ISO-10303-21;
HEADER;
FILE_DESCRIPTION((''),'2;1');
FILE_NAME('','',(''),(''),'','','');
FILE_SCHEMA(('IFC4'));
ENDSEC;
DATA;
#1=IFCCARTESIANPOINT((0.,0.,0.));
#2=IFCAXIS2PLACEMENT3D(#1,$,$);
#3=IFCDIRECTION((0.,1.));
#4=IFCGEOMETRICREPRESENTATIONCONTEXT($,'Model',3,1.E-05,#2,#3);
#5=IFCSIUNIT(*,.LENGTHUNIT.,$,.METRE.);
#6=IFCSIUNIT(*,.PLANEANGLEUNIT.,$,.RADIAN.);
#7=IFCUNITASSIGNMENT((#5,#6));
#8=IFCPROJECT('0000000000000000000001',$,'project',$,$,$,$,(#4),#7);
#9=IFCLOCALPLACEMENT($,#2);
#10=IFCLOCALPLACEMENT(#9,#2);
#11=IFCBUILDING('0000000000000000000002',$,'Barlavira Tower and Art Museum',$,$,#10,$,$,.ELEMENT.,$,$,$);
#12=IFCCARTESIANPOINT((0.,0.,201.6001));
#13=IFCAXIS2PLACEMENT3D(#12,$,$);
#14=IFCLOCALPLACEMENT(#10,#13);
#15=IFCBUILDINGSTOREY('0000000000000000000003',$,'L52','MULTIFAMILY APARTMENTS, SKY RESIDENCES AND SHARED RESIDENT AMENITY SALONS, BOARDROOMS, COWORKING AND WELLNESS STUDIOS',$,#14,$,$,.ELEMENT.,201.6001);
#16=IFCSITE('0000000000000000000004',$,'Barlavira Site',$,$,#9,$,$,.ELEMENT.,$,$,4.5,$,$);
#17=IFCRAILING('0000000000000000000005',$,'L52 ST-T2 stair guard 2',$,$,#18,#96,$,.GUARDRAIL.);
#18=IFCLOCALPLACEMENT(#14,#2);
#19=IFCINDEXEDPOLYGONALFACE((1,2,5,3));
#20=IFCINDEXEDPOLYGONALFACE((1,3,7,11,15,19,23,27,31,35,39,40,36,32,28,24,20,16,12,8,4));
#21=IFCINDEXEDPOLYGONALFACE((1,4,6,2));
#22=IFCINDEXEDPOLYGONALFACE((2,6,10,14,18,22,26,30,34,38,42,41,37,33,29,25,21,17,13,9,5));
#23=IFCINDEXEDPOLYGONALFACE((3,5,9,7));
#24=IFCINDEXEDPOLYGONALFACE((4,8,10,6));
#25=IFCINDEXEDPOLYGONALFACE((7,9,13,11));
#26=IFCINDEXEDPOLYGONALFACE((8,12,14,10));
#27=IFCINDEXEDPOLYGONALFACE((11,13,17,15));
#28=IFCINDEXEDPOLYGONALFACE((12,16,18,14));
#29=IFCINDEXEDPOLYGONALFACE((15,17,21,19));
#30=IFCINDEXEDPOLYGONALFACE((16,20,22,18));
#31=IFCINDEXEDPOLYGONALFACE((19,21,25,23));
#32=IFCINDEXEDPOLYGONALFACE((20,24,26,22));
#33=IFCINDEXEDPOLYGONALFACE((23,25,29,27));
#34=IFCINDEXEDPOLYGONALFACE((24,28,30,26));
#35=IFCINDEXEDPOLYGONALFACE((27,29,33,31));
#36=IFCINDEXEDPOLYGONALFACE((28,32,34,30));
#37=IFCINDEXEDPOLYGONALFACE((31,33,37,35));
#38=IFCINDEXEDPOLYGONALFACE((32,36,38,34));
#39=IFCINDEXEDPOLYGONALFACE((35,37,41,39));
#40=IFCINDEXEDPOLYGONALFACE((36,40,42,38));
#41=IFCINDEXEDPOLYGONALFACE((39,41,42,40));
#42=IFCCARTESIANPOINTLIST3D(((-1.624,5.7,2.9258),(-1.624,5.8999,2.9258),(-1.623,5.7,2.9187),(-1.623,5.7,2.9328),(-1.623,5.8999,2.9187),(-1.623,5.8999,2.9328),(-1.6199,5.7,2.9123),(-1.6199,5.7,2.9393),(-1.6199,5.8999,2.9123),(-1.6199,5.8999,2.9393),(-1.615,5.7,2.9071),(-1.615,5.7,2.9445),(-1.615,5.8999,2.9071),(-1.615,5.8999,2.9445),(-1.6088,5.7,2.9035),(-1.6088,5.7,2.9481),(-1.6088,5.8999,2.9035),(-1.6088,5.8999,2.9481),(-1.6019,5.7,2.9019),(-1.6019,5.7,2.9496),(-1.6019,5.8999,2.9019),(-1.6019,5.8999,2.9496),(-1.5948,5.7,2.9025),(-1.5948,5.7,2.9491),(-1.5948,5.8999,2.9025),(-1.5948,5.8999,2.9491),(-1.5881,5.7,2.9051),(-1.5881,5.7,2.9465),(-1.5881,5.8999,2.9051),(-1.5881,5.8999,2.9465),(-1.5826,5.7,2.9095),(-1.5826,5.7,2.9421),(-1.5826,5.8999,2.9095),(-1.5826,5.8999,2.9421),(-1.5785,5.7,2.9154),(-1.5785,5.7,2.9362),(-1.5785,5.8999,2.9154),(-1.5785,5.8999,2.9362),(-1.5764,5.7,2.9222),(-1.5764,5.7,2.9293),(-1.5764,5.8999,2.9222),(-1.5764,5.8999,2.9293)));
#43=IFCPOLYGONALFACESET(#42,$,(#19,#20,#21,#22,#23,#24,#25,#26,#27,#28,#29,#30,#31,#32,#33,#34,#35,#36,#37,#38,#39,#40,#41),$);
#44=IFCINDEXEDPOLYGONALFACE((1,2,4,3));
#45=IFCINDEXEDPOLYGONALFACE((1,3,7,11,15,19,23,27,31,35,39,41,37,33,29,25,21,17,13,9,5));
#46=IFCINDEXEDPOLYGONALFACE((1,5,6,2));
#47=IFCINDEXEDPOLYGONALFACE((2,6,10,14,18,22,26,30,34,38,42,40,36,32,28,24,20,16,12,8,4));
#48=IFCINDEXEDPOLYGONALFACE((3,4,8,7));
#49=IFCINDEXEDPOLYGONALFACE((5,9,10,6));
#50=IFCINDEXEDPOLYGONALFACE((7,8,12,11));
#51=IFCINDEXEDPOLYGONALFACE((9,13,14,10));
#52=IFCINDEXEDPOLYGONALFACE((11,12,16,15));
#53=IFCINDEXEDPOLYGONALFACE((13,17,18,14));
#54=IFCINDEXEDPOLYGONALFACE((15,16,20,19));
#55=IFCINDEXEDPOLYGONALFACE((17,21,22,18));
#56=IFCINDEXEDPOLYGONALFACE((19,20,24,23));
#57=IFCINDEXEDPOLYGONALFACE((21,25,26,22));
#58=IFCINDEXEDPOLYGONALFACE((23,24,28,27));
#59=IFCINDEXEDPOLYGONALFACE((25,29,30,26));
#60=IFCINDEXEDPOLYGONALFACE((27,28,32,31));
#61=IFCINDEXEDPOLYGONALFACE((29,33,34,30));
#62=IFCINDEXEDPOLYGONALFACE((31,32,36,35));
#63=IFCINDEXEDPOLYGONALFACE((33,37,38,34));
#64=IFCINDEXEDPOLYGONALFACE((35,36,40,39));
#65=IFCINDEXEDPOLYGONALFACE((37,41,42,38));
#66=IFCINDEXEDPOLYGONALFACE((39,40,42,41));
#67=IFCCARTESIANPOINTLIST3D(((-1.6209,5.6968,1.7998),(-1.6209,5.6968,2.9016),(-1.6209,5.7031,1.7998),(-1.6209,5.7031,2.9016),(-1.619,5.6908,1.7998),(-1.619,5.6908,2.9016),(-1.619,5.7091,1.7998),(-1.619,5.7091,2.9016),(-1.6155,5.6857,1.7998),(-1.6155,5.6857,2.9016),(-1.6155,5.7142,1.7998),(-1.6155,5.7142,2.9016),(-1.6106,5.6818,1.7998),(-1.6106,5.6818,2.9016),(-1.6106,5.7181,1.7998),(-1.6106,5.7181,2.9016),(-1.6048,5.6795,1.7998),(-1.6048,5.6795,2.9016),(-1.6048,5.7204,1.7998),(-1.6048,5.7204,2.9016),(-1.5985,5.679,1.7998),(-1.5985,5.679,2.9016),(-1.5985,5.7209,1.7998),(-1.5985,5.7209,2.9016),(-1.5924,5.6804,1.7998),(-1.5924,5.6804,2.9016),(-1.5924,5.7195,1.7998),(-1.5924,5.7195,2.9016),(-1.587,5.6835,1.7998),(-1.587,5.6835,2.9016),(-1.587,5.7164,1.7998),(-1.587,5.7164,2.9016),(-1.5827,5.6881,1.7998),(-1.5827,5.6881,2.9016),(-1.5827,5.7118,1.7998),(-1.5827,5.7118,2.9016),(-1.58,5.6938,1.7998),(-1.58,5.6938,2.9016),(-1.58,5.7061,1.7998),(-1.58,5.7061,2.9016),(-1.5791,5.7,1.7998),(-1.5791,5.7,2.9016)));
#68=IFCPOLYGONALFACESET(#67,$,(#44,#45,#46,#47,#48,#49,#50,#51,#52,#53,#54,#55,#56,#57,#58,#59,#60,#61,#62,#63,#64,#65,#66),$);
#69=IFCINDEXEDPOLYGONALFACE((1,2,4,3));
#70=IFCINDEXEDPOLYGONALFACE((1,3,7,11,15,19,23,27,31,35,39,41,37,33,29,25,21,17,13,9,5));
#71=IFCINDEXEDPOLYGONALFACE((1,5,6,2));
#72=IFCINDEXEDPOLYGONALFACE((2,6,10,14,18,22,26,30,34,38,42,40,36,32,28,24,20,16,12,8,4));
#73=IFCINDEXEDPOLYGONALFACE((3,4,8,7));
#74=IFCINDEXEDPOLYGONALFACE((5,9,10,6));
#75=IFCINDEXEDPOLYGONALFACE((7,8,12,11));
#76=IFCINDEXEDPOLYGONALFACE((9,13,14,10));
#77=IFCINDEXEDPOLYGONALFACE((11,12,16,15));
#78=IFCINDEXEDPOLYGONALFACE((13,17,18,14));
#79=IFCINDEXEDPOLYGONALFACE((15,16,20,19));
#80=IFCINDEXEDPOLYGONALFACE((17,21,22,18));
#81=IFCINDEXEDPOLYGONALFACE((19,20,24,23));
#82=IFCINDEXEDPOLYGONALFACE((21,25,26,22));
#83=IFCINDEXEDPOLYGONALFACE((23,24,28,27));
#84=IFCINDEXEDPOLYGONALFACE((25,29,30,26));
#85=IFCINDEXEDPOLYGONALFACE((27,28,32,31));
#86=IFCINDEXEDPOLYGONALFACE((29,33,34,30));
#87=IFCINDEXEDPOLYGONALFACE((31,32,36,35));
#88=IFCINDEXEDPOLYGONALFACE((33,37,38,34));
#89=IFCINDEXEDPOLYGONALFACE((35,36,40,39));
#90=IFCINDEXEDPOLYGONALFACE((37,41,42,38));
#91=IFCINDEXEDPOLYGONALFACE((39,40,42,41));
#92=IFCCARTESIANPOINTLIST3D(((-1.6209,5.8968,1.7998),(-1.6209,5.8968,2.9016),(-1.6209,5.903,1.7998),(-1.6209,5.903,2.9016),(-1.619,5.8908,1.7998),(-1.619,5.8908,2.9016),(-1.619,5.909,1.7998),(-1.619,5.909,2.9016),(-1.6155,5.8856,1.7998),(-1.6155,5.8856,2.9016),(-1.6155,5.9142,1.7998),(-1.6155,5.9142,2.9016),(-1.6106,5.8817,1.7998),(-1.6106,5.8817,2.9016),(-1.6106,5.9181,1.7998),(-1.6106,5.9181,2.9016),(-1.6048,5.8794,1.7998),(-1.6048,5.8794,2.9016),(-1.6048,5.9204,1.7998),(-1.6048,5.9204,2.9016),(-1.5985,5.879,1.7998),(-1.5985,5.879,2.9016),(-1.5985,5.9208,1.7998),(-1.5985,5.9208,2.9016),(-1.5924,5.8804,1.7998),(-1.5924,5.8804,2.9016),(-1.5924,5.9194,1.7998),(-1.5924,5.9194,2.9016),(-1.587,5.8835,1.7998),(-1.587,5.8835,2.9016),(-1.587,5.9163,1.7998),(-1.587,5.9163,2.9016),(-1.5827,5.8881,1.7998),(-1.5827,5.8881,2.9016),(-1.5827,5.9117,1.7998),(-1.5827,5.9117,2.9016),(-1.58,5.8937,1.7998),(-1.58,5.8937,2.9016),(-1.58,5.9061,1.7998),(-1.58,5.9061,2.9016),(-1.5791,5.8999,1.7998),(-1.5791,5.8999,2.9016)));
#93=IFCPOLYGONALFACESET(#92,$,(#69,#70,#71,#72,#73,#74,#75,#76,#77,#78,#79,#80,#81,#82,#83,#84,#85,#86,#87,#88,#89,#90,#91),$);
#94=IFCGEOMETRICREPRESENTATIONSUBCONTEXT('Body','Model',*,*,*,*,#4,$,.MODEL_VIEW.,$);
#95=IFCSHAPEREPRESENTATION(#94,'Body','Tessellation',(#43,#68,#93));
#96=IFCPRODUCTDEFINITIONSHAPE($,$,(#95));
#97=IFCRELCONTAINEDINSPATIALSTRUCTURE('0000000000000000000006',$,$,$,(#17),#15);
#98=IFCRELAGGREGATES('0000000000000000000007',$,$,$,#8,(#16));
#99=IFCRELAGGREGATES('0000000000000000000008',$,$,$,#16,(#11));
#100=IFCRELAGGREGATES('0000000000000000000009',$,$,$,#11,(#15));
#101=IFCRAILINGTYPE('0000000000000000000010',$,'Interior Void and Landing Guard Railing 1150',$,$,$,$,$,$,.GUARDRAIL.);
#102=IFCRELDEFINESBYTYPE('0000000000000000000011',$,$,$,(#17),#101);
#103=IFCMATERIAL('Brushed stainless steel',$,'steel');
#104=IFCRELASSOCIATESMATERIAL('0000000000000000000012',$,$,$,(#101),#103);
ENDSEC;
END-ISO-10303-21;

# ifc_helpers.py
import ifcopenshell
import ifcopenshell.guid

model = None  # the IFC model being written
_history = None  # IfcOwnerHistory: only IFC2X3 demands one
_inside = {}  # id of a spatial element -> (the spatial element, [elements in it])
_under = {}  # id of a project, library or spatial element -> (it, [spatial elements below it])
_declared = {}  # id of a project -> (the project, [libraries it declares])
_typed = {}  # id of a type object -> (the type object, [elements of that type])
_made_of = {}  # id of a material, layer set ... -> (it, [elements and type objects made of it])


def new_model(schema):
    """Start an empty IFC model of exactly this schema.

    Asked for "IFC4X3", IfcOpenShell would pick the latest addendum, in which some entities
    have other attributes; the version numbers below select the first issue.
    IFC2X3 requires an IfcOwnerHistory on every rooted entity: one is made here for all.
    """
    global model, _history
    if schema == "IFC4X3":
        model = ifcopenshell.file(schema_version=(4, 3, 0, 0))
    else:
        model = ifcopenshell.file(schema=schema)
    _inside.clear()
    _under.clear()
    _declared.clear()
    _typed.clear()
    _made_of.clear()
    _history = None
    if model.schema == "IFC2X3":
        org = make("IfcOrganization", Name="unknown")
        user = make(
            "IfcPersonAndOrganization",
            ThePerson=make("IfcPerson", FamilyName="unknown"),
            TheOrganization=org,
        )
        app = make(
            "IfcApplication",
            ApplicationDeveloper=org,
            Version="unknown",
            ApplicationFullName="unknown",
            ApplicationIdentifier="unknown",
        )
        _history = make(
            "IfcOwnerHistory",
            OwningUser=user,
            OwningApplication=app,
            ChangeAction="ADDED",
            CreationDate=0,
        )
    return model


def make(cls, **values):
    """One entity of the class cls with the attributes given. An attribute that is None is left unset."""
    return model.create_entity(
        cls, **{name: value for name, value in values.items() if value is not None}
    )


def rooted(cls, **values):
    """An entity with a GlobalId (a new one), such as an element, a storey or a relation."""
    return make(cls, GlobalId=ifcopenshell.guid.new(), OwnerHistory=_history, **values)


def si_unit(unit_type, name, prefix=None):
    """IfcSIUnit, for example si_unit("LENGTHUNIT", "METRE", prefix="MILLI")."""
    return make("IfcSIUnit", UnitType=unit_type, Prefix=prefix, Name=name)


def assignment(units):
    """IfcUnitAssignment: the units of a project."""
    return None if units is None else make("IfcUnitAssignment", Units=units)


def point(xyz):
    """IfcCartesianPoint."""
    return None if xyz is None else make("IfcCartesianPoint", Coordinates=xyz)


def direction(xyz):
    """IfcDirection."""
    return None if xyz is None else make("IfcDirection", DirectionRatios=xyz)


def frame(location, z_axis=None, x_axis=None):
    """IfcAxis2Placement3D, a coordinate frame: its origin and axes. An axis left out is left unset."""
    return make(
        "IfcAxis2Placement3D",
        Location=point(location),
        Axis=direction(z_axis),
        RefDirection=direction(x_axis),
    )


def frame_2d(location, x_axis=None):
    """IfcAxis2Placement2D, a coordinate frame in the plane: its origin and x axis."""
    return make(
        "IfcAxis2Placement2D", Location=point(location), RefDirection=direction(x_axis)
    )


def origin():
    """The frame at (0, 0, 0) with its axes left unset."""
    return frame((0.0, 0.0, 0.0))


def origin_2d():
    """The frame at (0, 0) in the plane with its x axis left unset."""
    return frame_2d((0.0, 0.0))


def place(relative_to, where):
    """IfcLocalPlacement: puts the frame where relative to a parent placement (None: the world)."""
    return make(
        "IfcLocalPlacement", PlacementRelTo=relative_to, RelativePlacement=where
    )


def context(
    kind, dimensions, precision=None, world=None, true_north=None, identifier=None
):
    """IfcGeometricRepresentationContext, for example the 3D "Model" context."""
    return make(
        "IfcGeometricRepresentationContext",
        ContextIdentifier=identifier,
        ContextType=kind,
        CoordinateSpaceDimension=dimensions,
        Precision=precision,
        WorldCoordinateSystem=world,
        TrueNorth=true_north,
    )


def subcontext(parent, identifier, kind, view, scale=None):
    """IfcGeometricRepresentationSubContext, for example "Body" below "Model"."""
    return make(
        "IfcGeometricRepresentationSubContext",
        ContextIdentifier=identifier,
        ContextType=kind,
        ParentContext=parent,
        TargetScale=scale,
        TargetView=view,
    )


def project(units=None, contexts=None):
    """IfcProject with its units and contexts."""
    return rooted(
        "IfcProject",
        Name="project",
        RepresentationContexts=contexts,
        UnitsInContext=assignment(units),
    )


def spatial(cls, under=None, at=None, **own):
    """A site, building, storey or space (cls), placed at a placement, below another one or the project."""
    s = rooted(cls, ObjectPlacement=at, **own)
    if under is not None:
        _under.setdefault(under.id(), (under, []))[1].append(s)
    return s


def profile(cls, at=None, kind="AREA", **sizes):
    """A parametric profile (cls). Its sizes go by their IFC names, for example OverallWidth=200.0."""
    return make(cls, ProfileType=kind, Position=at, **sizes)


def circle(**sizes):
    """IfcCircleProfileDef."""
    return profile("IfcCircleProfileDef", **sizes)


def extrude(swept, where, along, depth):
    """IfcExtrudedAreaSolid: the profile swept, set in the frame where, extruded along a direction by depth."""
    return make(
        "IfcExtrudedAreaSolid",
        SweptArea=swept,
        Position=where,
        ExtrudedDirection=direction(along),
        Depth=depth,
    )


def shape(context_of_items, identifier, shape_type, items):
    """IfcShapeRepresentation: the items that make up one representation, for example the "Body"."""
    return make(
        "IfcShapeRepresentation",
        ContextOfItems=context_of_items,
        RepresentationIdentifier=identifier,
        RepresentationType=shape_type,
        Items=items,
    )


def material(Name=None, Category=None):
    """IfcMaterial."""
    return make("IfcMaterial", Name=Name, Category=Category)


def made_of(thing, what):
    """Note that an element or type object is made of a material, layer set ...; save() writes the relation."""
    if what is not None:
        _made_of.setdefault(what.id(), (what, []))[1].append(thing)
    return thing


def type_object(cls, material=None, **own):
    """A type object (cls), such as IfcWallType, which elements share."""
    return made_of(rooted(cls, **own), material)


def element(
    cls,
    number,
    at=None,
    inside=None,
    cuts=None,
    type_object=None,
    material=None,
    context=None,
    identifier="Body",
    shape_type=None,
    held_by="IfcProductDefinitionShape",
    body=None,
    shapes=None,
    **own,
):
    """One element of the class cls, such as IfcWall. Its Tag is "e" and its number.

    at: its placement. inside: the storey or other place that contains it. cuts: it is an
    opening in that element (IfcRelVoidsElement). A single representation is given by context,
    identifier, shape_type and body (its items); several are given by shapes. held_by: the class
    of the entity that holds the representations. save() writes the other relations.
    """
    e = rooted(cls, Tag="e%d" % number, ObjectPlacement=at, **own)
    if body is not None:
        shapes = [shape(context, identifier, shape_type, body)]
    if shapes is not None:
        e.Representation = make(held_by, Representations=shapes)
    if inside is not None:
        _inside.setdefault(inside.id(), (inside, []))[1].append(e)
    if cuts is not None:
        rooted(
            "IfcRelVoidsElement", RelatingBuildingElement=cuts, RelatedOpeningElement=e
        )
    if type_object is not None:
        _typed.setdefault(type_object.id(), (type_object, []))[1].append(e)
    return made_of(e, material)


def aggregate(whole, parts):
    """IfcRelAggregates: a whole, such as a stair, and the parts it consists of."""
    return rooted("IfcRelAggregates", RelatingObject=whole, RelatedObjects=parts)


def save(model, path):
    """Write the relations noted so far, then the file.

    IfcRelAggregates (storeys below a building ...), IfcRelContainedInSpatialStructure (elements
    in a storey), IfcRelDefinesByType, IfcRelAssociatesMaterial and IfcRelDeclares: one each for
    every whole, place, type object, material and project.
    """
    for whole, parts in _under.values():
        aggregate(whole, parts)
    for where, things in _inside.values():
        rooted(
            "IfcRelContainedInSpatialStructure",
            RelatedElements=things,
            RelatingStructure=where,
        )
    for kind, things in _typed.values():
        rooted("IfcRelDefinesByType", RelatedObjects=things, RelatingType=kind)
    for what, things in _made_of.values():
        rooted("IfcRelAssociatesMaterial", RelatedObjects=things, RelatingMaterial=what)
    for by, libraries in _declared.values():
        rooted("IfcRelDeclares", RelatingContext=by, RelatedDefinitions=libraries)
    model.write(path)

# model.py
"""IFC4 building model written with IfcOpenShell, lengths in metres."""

from ifc_helpers import new_model, si_unit, direction, frame, origin, origin_2d, place, context, subcontext, project, spatial, circle, extrude, material, type_object, element, save


model = new_model("IFC4")

# Units and contexts
model_context = context("Model", 3, precision=1e-05, world=origin(), true_north=direction((0.0, 1.0)))
body_context = subcontext(model_context, "Body", "Model", "MODEL_VIEW")
ifc_project = project(units=[si_unit("LENGTHUNIT", "METRE"), si_unit("PLANEANGLEUNIT", "RADIAN")], contexts=[model_context])

# Site, building, storey
site_placement = place(None, origin())
site = spatial("IfcSite", under=ifc_project, at=site_placement, Name="Barlavira Site", CompositionType="ELEMENT", RefElevation=4.5)
building_placement = place(site_placement, origin())
building = spatial("IfcBuilding", under=site, at=building_placement, Name="Barlavira Tower and Art Museum", CompositionType="ELEMENT")
storey_placement = place(building_placement, frame((0.0, 0.0, 201.6001)))
storey = spatial("IfcBuildingStorey", under=building, at=storey_placement, Name="L52", Description="MULTIFAMILY APARTMENTS, SKY RESIDENCES AND SHARED RESIDENT AMENITY SALONS, BOARDROOMS, COWORKING AND WELLNESS STUDIOS", CompositionType="ELEMENT", Elevation=201.6001)

# Shared definitions
ifc_material_1 = material(Name="Brushed stainless steel", Category="steel")

# Railing
railing_type_1 = type_object("IfcRailingType", Name="Interior Void and Landing Guard Railing 1150", PredefinedType="GUARDRAIL", material=ifc_material_1)
railing_1_placement = place(storey_placement, frame((-1.6001, 5.7, 1.7998)))
element("IfcRailing", 1, at=railing_1_placement, inside=storey, type_object=railing_type_1, Name="L52 ST-T2 stair guard 2", PredefinedType="GUARDRAIL", context=body_context, shape_type="SweptSolid", body=[
    extrude(circle(Radius=0.0239, at=origin_2d()), frame((0.0, 0.0, 1.126), z_axis=(0.0, 1.0, 0.0), x_axis=(-1.0, 0.0, 0.0)), (0.0, 0.0, 1.0), 0.2),
    extrude(circle(Radius=0.021, at=origin_2d()), origin(), (0.0, 0.0, 1.0), 1.1018),
    extrude(circle(Radius=0.021, at=origin_2d()), frame((0.0, 0.2, 0.0)), (0.0, 0.0, 1.0), 1.1018),
])

save(model, "model.ifc")
